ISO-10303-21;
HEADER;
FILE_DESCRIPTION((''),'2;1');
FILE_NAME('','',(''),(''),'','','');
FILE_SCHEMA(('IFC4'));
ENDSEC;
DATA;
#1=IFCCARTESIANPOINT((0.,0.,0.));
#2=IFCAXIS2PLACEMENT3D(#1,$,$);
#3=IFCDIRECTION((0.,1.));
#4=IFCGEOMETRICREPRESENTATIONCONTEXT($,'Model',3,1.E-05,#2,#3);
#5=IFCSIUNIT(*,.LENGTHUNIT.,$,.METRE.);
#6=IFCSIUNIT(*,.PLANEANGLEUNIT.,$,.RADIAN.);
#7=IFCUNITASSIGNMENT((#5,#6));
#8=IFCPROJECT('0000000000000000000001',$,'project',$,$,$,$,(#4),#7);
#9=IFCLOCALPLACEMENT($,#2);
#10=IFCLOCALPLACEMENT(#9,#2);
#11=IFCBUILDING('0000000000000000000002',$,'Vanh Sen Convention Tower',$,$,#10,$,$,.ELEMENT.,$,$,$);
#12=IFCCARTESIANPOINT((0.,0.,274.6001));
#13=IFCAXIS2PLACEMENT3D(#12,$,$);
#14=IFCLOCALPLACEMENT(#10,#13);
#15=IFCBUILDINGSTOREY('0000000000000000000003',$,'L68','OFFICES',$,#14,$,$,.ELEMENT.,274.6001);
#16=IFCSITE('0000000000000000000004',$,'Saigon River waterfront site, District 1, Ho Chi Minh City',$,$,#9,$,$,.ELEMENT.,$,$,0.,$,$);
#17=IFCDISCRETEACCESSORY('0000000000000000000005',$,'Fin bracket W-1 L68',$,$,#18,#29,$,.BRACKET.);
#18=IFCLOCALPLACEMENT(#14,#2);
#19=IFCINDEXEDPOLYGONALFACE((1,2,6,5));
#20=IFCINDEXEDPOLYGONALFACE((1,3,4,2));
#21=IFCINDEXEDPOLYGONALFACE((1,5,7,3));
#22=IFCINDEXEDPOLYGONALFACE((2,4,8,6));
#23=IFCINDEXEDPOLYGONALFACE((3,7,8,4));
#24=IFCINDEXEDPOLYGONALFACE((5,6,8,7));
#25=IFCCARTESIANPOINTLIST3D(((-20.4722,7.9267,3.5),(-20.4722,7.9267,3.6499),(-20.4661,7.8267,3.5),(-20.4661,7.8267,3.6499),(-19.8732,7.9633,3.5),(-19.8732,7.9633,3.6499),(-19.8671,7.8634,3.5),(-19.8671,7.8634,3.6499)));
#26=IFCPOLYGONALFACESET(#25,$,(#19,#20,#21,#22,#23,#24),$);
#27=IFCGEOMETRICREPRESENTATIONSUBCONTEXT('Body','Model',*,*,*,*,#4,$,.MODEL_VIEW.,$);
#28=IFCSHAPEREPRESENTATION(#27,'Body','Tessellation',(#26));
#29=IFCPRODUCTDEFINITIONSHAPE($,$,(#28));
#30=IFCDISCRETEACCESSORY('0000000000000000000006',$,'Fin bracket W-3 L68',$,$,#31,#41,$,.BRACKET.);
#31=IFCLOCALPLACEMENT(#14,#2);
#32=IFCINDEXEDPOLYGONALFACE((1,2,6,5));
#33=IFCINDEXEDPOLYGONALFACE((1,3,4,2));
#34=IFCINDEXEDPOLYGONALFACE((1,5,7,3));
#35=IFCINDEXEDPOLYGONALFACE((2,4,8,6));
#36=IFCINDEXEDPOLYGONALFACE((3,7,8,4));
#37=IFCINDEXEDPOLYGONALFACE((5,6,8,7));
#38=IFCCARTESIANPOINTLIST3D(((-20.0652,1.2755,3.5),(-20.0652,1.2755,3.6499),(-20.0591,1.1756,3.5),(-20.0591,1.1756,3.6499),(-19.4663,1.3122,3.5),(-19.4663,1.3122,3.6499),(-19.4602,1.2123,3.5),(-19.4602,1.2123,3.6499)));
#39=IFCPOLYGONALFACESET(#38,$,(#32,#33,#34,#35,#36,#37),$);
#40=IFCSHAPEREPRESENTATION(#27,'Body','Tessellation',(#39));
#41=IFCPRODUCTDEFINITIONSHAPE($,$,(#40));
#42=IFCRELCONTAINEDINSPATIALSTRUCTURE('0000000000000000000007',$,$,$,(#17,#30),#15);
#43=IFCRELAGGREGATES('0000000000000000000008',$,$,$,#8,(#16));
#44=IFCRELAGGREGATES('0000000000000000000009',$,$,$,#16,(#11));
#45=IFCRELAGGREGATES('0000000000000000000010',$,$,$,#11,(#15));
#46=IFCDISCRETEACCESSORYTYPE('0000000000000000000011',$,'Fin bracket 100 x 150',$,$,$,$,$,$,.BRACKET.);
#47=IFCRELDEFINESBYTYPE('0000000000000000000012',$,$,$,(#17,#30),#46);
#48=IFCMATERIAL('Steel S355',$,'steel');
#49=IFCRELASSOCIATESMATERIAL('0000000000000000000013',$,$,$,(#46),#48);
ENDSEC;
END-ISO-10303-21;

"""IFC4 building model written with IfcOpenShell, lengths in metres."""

from ifc_helpers import new_model, si_unit, direction, frame, origin, origin_2d, place, context, subcontext, project, spatial, rectangle, extrude, material, type_object, element, save


model = new_model("IFC4")

# Units and contexts
model_context = context("Model", 3, precision=1e-05, world=origin(), true_north=direction((0.0, 1.0)))
body_context = subcontext(model_context, "Body", "Model", "MODEL_VIEW")
ifc_project = project(units=[si_unit("LENGTHUNIT", "METRE"), si_unit("PLANEANGLEUNIT", "RADIAN")], contexts=[model_context])

# Site, building, storey
site_placement = place(None, origin())
site = spatial("IfcSite", under=ifc_project, at=site_placement, Name="Saigon River waterfront site, District 1, Ho Chi Minh City", CompositionType="ELEMENT", RefElevation=0.0)
building_placement = place(site_placement, origin())
building = spatial("IfcBuilding", under=site, at=building_placement, Name="Vanh Sen Convention Tower", CompositionType="ELEMENT")
storey_placement = place(building_placement, frame((0.0, 0.0, 274.6001)))
storey = spatial("IfcBuildingStorey", under=building, at=storey_placement, Name="L68", Description="OFFICES", CompositionType="ELEMENT", Elevation=274.6001)

# Discrete accessories
ifc_material_1 = material(Name="Steel S355", Category="steel")
discrete_accessory_type = type_object("IfcDiscreteAccessoryType", Name="Fin bracket 100 x 150", PredefinedType="BRACKET", material=ifc_material_1)
for number, where, z_axis, x_axis, name in (
    (1, (-20.1697, 7.895, 3.5), (0.0, 0.0, 1.0), (-0.998135, -0.061049, 0.0), "Fin bracket W-1 L68"),
    (2, (-19.7627, 1.2439, 3.5), (0.0, 0.0, 1.0), (-0.998135, -0.061049, 0.0), "Fin bracket W-3 L68"),
):
    element("IfcDiscreteAccessory", number, at=place(storey_placement, frame(where, z_axis=z_axis, x_axis=x_axis)), inside=storey, type_object=discrete_accessory_type, Name=name, PredefinedType="BRACKET", context=body_context, shape_type="SweptSolid", body=[
        extrude(rectangle(XDim=0.6001, YDim=0.1001, at=origin_2d()), origin(), (0.0, 0.0, 1.0), 0.1499),
    ])

save(model, "model.ifc")
